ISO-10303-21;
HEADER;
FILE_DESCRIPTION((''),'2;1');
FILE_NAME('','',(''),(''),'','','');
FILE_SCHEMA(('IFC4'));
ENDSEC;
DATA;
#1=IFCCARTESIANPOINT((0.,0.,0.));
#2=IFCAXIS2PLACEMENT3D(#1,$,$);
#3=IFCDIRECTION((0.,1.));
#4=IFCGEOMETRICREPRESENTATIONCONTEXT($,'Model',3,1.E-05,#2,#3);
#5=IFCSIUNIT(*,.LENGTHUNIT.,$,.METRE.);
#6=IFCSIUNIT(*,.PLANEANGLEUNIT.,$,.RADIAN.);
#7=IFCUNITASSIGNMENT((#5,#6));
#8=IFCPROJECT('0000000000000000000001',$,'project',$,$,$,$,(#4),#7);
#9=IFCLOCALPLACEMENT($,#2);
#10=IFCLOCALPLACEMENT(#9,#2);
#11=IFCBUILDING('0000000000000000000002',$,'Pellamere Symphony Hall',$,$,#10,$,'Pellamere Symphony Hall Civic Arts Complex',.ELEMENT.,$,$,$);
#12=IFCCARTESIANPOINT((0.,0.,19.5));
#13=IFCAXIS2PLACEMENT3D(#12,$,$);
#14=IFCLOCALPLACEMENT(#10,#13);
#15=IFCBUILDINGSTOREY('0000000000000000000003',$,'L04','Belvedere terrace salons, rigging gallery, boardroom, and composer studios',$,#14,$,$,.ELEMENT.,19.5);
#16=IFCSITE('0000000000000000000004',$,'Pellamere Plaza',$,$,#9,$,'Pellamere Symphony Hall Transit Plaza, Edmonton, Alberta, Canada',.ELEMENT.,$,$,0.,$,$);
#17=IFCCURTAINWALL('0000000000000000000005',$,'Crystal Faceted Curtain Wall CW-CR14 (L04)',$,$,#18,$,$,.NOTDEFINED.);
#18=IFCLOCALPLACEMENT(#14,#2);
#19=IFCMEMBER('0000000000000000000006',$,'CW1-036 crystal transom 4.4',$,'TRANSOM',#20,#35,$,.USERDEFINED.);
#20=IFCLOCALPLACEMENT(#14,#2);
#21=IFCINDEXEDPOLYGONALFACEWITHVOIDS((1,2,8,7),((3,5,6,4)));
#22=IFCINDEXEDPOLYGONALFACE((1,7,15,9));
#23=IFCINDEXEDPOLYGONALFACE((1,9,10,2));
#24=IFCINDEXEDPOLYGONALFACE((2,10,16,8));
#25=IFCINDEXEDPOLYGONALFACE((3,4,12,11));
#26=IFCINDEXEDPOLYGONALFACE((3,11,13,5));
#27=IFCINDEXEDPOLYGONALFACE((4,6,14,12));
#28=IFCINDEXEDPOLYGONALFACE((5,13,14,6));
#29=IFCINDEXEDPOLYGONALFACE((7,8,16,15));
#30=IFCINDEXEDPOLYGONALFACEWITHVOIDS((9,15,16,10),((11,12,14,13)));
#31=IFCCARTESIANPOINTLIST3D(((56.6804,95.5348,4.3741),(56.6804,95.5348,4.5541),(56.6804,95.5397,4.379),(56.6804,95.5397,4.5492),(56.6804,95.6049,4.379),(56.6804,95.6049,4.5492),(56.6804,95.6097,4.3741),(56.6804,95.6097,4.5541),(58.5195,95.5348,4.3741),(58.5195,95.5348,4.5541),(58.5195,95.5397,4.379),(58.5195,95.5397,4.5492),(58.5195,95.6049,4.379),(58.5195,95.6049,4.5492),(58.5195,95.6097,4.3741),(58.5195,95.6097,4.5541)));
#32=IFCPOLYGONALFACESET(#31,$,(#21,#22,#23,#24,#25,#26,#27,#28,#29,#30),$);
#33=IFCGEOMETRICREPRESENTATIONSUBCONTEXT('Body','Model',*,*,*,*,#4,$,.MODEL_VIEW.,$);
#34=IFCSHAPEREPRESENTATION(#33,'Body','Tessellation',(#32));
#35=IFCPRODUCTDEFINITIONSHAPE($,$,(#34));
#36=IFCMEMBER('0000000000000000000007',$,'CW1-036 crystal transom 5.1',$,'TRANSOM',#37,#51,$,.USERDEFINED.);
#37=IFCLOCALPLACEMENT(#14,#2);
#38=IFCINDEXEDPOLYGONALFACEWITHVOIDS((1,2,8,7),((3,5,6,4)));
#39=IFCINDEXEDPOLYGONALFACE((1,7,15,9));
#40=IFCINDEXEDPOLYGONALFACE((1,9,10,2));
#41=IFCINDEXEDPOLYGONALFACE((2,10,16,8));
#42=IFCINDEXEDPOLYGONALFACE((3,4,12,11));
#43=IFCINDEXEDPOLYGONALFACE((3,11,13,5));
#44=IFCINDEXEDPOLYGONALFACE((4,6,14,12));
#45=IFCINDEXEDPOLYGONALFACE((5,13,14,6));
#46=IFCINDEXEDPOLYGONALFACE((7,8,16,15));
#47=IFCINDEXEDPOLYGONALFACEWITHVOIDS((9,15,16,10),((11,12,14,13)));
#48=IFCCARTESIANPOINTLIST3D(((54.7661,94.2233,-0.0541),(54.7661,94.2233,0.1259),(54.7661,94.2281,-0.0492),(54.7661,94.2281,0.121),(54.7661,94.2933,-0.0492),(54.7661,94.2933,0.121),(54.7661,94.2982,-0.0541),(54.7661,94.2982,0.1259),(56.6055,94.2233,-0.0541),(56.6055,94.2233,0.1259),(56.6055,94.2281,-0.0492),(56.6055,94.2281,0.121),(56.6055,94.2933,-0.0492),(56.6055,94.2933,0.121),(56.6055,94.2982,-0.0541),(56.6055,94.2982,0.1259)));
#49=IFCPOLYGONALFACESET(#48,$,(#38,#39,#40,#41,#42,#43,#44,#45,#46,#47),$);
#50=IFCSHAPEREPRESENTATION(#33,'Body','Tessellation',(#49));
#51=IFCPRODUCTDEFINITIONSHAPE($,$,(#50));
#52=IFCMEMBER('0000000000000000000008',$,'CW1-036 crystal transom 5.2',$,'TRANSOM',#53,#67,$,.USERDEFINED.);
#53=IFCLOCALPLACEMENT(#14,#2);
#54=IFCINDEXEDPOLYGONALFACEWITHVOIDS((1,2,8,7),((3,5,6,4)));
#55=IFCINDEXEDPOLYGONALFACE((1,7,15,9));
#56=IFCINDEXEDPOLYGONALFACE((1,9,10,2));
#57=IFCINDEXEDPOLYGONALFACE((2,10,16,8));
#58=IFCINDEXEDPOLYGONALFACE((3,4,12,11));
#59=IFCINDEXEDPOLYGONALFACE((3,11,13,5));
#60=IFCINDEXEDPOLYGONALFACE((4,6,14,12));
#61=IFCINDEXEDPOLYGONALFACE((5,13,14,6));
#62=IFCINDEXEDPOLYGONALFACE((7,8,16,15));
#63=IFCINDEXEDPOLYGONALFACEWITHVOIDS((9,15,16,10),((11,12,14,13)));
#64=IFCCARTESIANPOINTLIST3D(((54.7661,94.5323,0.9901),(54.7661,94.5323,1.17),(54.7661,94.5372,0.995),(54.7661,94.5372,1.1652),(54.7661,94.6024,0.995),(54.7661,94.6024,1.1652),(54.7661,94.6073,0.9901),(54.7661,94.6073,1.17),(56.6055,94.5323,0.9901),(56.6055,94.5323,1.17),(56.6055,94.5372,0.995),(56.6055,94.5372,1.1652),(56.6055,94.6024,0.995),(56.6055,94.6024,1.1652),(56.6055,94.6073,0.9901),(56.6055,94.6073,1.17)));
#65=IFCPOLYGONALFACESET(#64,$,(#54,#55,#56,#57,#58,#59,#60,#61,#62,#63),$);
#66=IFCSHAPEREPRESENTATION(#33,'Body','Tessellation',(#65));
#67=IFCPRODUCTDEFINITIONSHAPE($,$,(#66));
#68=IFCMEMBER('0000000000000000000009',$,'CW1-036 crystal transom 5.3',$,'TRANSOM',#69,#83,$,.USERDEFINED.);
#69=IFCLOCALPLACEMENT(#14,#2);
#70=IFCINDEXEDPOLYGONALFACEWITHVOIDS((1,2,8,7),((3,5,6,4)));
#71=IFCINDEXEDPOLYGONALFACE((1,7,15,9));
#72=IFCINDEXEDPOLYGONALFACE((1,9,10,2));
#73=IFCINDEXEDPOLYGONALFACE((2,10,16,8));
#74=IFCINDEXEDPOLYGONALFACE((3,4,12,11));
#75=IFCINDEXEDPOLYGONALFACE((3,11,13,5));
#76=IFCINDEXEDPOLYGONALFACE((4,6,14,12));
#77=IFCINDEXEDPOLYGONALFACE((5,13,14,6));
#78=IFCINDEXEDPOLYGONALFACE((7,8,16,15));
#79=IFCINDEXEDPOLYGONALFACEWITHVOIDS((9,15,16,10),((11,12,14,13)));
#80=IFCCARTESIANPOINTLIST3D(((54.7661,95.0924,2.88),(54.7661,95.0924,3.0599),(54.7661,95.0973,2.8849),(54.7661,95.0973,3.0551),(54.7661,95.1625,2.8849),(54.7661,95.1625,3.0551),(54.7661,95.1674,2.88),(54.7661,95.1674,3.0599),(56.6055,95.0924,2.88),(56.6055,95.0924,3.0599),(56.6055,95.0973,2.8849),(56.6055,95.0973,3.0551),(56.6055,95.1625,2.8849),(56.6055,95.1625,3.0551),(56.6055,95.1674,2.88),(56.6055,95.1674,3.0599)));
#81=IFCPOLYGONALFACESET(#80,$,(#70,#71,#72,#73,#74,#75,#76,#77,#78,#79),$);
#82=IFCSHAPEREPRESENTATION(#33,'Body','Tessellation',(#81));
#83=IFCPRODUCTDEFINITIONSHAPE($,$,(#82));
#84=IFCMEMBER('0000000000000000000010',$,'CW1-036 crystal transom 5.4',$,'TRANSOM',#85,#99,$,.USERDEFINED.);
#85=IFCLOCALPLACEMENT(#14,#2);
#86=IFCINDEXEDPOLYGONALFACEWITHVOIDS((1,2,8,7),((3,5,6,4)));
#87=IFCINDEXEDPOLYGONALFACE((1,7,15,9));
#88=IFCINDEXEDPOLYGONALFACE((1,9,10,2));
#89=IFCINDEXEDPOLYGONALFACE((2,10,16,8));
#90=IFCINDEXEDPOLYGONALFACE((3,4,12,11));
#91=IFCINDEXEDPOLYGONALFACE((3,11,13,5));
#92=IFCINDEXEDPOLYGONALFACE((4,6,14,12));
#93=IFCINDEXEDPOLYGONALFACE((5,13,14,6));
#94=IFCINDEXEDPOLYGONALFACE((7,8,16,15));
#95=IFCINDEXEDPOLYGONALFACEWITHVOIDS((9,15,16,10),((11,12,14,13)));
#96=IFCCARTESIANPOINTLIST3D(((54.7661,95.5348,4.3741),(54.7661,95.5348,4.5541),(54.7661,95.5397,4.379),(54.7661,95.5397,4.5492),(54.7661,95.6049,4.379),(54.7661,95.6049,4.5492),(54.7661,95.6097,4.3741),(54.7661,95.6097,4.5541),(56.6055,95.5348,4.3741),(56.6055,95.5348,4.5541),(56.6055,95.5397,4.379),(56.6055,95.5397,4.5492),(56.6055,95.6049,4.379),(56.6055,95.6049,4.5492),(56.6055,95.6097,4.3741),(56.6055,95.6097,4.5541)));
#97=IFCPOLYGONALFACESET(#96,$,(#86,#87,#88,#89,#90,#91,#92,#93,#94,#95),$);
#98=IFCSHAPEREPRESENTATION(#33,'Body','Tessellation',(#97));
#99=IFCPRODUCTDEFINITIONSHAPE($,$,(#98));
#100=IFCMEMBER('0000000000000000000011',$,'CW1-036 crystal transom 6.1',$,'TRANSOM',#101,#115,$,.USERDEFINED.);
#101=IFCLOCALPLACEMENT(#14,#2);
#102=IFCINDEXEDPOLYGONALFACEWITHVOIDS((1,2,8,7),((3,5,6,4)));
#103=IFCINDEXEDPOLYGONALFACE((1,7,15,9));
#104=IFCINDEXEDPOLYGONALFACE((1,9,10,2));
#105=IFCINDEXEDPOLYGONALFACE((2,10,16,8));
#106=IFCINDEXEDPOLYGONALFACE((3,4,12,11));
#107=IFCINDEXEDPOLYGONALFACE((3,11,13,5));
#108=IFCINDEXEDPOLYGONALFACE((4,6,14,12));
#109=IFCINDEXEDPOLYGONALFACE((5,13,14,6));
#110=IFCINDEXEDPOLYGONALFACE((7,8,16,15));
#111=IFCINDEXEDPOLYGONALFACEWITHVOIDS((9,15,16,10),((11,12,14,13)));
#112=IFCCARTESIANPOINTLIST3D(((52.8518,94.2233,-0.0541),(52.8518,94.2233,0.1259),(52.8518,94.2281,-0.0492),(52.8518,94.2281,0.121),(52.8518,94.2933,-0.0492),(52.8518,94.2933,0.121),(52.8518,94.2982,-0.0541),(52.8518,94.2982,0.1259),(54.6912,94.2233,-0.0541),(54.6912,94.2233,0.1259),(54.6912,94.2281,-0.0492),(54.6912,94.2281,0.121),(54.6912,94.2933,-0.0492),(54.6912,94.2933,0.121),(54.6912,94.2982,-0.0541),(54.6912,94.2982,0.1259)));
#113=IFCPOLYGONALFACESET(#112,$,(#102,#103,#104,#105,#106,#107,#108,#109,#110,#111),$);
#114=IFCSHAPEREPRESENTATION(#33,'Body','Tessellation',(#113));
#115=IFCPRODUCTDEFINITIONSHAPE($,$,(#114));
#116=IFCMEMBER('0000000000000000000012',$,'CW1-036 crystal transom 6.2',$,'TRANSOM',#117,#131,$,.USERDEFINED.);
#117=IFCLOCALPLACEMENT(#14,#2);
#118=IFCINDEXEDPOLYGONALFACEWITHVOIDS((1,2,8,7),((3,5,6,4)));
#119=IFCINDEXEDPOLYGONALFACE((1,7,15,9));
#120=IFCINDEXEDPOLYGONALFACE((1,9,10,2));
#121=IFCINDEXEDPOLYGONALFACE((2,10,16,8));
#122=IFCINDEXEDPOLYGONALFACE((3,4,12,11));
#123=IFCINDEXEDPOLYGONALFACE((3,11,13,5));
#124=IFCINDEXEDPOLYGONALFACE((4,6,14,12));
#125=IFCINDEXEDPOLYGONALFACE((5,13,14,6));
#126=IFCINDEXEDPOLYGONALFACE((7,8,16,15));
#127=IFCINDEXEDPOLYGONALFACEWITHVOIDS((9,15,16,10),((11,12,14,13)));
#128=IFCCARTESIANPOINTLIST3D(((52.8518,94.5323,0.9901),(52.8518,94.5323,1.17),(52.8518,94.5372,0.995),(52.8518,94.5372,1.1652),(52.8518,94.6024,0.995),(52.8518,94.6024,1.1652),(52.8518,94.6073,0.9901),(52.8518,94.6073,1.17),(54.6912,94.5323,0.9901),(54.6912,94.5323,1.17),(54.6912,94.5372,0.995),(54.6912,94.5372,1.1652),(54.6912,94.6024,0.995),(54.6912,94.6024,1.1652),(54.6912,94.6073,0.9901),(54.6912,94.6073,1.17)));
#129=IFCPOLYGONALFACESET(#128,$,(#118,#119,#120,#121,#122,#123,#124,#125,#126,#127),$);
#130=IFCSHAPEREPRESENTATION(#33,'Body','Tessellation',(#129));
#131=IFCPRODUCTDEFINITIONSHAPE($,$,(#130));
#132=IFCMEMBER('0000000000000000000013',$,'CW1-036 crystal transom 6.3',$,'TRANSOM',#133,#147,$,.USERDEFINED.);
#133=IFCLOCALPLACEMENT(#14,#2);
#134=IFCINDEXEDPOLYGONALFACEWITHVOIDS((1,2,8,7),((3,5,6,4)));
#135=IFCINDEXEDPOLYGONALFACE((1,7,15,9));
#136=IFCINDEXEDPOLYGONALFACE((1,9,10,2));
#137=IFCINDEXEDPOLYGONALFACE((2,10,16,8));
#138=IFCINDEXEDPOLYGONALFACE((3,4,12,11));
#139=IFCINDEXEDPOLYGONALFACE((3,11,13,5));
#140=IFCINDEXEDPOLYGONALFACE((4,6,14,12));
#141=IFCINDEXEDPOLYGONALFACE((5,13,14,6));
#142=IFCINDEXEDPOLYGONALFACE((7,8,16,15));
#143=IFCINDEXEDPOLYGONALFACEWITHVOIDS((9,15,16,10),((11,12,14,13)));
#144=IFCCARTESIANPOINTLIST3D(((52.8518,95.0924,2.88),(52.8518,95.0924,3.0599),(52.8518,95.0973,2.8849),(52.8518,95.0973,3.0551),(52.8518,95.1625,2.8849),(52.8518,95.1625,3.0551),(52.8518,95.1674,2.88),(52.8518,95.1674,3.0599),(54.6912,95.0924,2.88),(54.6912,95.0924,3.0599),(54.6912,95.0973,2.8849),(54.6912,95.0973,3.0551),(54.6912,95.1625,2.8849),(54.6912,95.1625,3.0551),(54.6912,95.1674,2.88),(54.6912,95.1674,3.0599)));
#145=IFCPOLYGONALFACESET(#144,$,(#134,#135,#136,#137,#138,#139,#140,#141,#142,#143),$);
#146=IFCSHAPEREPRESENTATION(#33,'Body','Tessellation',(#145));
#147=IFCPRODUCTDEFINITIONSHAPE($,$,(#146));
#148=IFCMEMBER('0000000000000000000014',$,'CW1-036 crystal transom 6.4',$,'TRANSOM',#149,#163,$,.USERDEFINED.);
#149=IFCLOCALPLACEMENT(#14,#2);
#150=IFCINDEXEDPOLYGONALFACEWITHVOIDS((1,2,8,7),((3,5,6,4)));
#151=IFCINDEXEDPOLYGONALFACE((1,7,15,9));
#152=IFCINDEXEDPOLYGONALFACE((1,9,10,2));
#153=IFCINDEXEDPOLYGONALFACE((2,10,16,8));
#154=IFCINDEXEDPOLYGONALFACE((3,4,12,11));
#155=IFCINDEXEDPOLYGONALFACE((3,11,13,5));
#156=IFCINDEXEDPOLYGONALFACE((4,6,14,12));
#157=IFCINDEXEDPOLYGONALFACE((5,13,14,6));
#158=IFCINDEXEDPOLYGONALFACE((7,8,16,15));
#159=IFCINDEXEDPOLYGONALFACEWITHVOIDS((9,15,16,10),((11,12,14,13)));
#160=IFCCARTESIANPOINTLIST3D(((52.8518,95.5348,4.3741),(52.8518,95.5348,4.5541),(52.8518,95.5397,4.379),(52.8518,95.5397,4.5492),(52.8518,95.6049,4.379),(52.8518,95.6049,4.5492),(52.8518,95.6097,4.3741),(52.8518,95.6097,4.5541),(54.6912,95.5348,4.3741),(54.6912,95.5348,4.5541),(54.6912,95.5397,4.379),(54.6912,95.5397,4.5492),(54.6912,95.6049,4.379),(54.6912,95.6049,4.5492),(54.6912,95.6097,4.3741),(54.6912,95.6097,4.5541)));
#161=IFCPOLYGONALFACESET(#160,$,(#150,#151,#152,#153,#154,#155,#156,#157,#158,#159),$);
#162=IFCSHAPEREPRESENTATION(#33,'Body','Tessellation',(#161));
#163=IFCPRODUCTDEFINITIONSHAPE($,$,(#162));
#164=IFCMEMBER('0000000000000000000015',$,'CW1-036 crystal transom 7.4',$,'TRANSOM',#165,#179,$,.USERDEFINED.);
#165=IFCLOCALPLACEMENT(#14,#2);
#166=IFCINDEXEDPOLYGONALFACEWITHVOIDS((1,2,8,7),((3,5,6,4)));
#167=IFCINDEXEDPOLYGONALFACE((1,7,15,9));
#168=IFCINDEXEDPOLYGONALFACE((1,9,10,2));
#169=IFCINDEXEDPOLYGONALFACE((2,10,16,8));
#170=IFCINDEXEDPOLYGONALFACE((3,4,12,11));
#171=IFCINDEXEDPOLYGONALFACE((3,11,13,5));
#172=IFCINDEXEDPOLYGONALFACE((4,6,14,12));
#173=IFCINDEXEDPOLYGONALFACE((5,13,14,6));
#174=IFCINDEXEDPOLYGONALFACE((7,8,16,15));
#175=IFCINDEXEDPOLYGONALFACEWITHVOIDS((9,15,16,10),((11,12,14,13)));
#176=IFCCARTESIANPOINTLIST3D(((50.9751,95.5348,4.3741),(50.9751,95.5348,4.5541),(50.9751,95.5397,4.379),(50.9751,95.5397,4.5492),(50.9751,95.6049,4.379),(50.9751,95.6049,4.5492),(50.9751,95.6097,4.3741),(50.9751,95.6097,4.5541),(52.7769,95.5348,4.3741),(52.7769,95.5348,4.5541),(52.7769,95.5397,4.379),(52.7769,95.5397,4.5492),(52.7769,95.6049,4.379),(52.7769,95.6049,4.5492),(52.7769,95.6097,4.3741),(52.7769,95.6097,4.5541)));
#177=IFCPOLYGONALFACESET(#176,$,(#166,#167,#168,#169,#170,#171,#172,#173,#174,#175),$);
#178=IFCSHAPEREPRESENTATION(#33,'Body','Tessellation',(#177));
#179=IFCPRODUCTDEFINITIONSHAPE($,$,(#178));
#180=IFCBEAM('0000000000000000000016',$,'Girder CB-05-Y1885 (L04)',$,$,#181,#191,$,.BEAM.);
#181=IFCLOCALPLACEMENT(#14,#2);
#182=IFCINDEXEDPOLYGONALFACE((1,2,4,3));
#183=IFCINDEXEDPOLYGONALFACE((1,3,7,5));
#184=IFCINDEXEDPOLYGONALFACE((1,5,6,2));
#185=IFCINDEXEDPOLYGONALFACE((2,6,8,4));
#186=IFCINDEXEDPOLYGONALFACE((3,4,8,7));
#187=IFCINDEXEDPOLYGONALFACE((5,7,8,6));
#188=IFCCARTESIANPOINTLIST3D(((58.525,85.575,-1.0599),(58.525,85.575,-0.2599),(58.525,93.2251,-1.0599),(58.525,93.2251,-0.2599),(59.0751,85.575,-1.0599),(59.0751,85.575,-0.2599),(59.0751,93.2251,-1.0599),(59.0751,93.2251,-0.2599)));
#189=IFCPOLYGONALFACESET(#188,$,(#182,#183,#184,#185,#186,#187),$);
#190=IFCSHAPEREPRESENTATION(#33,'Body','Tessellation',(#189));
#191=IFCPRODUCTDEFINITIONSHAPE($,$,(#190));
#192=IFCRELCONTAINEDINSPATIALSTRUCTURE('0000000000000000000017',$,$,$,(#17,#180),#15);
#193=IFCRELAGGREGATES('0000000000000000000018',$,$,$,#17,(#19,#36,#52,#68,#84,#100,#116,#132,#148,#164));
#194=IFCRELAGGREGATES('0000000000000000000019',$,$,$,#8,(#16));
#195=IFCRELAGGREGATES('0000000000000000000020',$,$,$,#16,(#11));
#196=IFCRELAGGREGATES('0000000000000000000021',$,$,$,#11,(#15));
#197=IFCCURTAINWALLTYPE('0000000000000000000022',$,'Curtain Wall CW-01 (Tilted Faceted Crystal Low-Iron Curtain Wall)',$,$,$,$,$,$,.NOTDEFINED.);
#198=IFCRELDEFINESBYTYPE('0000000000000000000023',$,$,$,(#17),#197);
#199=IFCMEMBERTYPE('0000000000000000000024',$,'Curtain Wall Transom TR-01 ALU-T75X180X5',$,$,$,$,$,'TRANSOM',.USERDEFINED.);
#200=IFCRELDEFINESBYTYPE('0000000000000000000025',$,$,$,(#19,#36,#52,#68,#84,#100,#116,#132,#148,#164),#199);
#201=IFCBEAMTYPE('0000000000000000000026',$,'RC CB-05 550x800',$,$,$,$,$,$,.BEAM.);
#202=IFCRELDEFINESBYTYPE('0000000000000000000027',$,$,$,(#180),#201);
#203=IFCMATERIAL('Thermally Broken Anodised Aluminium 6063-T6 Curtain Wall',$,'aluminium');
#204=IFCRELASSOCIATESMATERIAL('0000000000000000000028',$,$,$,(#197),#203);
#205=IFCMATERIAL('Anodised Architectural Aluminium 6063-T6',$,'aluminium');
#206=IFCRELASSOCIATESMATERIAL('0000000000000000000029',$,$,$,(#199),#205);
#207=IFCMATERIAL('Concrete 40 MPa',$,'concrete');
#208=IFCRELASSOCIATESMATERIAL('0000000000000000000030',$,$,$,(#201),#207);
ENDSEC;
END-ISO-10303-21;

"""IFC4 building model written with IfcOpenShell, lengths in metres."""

from ifc_helpers import new_model, si_unit, direction, frame, origin, origin_2d, place, context, subcontext, project, spatial, rectangle, hollow_rectangle, extrude, material, material_profile, profile_set, type_object, element, aggregate, save


model = new_model("IFC4")

# Units and contexts
model_context = context("Model", 3, precision=1e-05, world=origin(), true_north=direction((0.0, 1.0)))
body_context = subcontext(model_context, "Body", "Model", "MODEL_VIEW")
ifc_project = project(units=[si_unit("LENGTHUNIT", "METRE"), si_unit("PLANEANGLEUNIT", "RADIAN")], contexts=[model_context])

# Site, building, storey
site_placement = place(None, origin())
site = spatial("IfcSite", under=ifc_project, at=site_placement, Name="Pellamere Plaza", LongName="Pellamere Symphony Hall Transit Plaza, Edmonton, Alberta, Canada", CompositionType="ELEMENT", RefElevation=0.0)
building_placement = place(site_placement, origin())
building = spatial("IfcBuilding", under=site, at=building_placement, Name="Pellamere Symphony Hall", LongName="Pellamere Symphony Hall Civic Arts Complex", CompositionType="ELEMENT")
storey_placement = place(building_placement, frame((0.0, 0.0, 19.5)))
storey = spatial("IfcBuildingStorey", under=building, at=storey_placement, Name="L04", Description="Belvedere terrace salons, rigging gallery, boardroom, and composer studios", CompositionType="ELEMENT", Elevation=19.5)

# Shared definitions
ifc_material_1 = material(Name="Concrete 40 MPa", Category="concrete")

# Curtain wall, members
ifc_material_2 = material(Name="Thermally Broken Anodised Aluminium 6063-T6 Curtain Wall", Category="aluminium")
curtain_wall_type = type_object("IfcCurtainWallType", Name="Curtain Wall CW-01 (Tilted Faceted Crystal Low-Iron Curtain Wall)", PredefinedType="NOTDEFINED", material=ifc_material_2)
curtain_wall_placement = place(storey_placement, origin())
curtain_wall = element("IfcCurtainWall", 1, at=curtain_wall_placement, inside=storey, type_object=curtain_wall_type, Name="Crystal Faceted Curtain Wall CW-CR14 (L04)", PredefinedType="NOTDEFINED")
ifc_material_3 = material(Name="Anodised Architectural Aluminium 6063-T6", Category="aluminium")
ifc_material_profile_1 = material_profile(ifc_material_3, hollow_rectangle(XDim=0.075, YDim=0.1799, WallThickness=0.0049, at=origin_2d()), Name="ALU-T75X180X5")
ifc_profile_set_1 = profile_set([ifc_material_profile_1], Name="Anodised Architectural Aluminium 6063-T6")
member_type_1 = type_object("IfcMemberType", Name="Curtain Wall Transom TR-01 ALU-T75X180X5", ElementType="TRANSOM", PredefinedType="USERDEFINED", material=ifc_profile_set_1)
member_1_placement = place(storey_placement, frame((58.5195, 95.5723, 4.4641), z_axis=(-1.0, 0.0, 0.0), x_axis=(0.0, -1.0, 0.0)))
member_1 = element("IfcMember", 2, at=member_1_placement, type_object=member_type_1, Name="CW1-036 crystal transom 4.4", ObjectType="TRANSOM", PredefinedType="USERDEFINED", context=body_context, shape_type="SweptSolid", body=[
    extrude(hollow_rectangle(XDim=0.075, YDim=0.1799, WallThickness=0.0049, at=origin_2d()), origin(), (0.0, 0.0, 1.0), 1.8391),
])
member_2_placement = place(storey_placement, frame((56.6055, 94.2607, 0.0359), z_axis=(-1.0, 0.0, 0.0), x_axis=(0.0, -1.0, 0.0)))
member_2 = element("IfcMember", 3, at=member_2_placement, type_object=member_type_1, Name="CW1-036 crystal transom 5.1", ObjectType="TRANSOM", PredefinedType="USERDEFINED", context=body_context, shape_type="SweptSolid", body=[
    extrude(hollow_rectangle(XDim=0.075, YDim=0.1799, WallThickness=0.0049, at=origin_2d()), origin(), (0.0, 0.0, 1.0), 1.8394),
])
member_3_placement = place(storey_placement, frame((56.6055, 94.5698, 1.0801), z_axis=(-1.0, 0.0, 0.0), x_axis=(0.0, -1.0, 0.0)))
member_3 = element("IfcMember", 4, at=member_3_placement, type_object=member_type_1, Name="CW1-036 crystal transom 5.2", ObjectType="TRANSOM", PredefinedType="USERDEFINED", context=body_context, shape_type="SweptSolid", body=[
    extrude(hollow_rectangle(XDim=0.075, YDim=0.1799, WallThickness=0.0049, at=origin_2d()), origin(), (0.0, 0.0, 1.0), 1.8394),
])
member_4_placement = place(storey_placement, frame((56.6055, 95.1299, 2.97), z_axis=(-1.0, 0.0, 0.0), x_axis=(0.0, -1.0, 0.0)))
member_4 = element("IfcMember", 5, at=member_4_placement, type_object=member_type_1, Name="CW1-036 crystal transom 5.3", ObjectType="TRANSOM", PredefinedType="USERDEFINED", context=body_context, shape_type="SweptSolid", body=[
    extrude(hollow_rectangle(XDim=0.075, YDim=0.1799, WallThickness=0.0049, at=origin_2d()), origin(), (0.0, 0.0, 1.0), 1.8394),
])
member_5_placement = place(storey_placement, frame((56.6055, 95.5723, 4.4641), z_axis=(-1.0, 0.0, 0.0), x_axis=(0.0, -1.0, 0.0)))
member_5 = element("IfcMember", 6, at=member_5_placement, type_object=member_type_1, Name="CW1-036 crystal transom 5.4", ObjectType="TRANSOM", PredefinedType="USERDEFINED", context=body_context, shape_type="SweptSolid", body=[
    extrude(hollow_rectangle(XDim=0.075, YDim=0.1799, WallThickness=0.0049, at=origin_2d()), origin(), (0.0, 0.0, 1.0), 1.8394),
])
member_6_placement = place(storey_placement, frame((54.6912, 94.2607, 0.0359), z_axis=(-1.0, 0.0, 0.0), x_axis=(0.0, -1.0, 0.0)))
member_6 = element("IfcMember", 7, at=member_6_placement, type_object=member_type_1, Name="CW1-036 crystal transom 6.1", ObjectType="TRANSOM", PredefinedType="USERDEFINED", context=body_context, shape_type="SweptSolid", body=[
    extrude(hollow_rectangle(XDim=0.075, YDim=0.1799, WallThickness=0.0049, at=origin_2d()), origin(), (0.0, 0.0, 1.0), 1.8394),
])
member_7_placement = place(storey_placement, frame((54.6912, 94.5698, 1.0801), z_axis=(-1.0, 0.0, 0.0), x_axis=(0.0, -1.0, 0.0)))
member_7 = element("IfcMember", 8, at=member_7_placement, type_object=member_type_1, Name="CW1-036 crystal transom 6.2", ObjectType="TRANSOM", PredefinedType="USERDEFINED", context=body_context, shape_type="SweptSolid", body=[
    extrude(hollow_rectangle(XDim=0.075, YDim=0.1799, WallThickness=0.0049, at=origin_2d()), origin(), (0.0, 0.0, 1.0), 1.8394),
])
member_8_placement = place(storey_placement, frame((54.6912, 95.1299, 2.97), z_axis=(-1.0, 0.0, 0.0), x_axis=(0.0, -1.0, 0.0)))
member_8 = element("IfcMember", 9, at=member_8_placement, type_object=member_type_1, Name="CW1-036 crystal transom 6.3", ObjectType="TRANSOM", PredefinedType="USERDEFINED", context=body_context, shape_type="SweptSolid", body=[
    extrude(hollow_rectangle(XDim=0.075, YDim=0.1799, WallThickness=0.0049, at=origin_2d()), origin(), (0.0, 0.0, 1.0), 1.8394),
])
member_9_placement = place(storey_placement, frame((54.6912, 95.5723, 4.4641), z_axis=(-1.0, 0.0, 0.0), x_axis=(0.0, -1.0, 0.0)))
member_9 = element("IfcMember", 10, at=member_9_placement, type_object=member_type_1, Name="CW1-036 crystal transom 6.4", ObjectType="TRANSOM", PredefinedType="USERDEFINED", context=body_context, shape_type="SweptSolid", body=[
    extrude(hollow_rectangle(XDim=0.075, YDim=0.1799, WallThickness=0.0049, at=origin_2d()), origin(), (0.0, 0.0, 1.0), 1.8394),
])
member_10_placement = place(storey_placement, frame((52.7769, 95.5723, 4.4641), z_axis=(-1.0, 0.0, 0.0), x_axis=(0.0, -1.0, 0.0)))
member_10 = element("IfcMember", 11, at=member_10_placement, type_object=member_type_1, Name="CW1-036 crystal transom 7.4", ObjectType="TRANSOM", PredefinedType="USERDEFINED", context=body_context, shape_type="SweptSolid", body=[
    extrude(hollow_rectangle(XDim=0.075, YDim=0.1799, WallThickness=0.0049, at=origin_2d()), origin(), (0.0, 0.0, 1.0), 1.8018),
])

# Beam
ifc_material_profile_2 = material_profile(ifc_material_1, rectangle(XDim=0.55, YDim=0.8, at=origin_2d()), Name="RC 550x800")
ifc_profile_set_2 = profile_set([ifc_material_profile_2], Name="Concrete 40 MPa")
beam_type_1 = type_object("IfcBeamType", Name="RC CB-05 550x800", PredefinedType="BEAM", material=ifc_profile_set_2)
beam_1_placement = place(storey_placement, frame((58.8, 85.575, -0.6599), z_axis=(0.0, 1.0, 0.0), x_axis=(-1.0, 0.0, 0.0)))
element("IfcBeam", 12, at=beam_1_placement, inside=storey, type_object=beam_type_1, Name="Girder CB-05-Y1885 (L04)", PredefinedType="BEAM", context=body_context, shape_type="SweptSolid", body=[
    extrude(rectangle(XDim=0.55, YDim=0.8, at=origin_2d()), origin(), (0.0, 0.0, 1.0), 7.6501),
])

aggregate(curtain_wall, [member_1, member_2, member_3, member_4, member_5, member_6, member_7, member_8, member_9, member_10])

save(model, "model.ifc")
